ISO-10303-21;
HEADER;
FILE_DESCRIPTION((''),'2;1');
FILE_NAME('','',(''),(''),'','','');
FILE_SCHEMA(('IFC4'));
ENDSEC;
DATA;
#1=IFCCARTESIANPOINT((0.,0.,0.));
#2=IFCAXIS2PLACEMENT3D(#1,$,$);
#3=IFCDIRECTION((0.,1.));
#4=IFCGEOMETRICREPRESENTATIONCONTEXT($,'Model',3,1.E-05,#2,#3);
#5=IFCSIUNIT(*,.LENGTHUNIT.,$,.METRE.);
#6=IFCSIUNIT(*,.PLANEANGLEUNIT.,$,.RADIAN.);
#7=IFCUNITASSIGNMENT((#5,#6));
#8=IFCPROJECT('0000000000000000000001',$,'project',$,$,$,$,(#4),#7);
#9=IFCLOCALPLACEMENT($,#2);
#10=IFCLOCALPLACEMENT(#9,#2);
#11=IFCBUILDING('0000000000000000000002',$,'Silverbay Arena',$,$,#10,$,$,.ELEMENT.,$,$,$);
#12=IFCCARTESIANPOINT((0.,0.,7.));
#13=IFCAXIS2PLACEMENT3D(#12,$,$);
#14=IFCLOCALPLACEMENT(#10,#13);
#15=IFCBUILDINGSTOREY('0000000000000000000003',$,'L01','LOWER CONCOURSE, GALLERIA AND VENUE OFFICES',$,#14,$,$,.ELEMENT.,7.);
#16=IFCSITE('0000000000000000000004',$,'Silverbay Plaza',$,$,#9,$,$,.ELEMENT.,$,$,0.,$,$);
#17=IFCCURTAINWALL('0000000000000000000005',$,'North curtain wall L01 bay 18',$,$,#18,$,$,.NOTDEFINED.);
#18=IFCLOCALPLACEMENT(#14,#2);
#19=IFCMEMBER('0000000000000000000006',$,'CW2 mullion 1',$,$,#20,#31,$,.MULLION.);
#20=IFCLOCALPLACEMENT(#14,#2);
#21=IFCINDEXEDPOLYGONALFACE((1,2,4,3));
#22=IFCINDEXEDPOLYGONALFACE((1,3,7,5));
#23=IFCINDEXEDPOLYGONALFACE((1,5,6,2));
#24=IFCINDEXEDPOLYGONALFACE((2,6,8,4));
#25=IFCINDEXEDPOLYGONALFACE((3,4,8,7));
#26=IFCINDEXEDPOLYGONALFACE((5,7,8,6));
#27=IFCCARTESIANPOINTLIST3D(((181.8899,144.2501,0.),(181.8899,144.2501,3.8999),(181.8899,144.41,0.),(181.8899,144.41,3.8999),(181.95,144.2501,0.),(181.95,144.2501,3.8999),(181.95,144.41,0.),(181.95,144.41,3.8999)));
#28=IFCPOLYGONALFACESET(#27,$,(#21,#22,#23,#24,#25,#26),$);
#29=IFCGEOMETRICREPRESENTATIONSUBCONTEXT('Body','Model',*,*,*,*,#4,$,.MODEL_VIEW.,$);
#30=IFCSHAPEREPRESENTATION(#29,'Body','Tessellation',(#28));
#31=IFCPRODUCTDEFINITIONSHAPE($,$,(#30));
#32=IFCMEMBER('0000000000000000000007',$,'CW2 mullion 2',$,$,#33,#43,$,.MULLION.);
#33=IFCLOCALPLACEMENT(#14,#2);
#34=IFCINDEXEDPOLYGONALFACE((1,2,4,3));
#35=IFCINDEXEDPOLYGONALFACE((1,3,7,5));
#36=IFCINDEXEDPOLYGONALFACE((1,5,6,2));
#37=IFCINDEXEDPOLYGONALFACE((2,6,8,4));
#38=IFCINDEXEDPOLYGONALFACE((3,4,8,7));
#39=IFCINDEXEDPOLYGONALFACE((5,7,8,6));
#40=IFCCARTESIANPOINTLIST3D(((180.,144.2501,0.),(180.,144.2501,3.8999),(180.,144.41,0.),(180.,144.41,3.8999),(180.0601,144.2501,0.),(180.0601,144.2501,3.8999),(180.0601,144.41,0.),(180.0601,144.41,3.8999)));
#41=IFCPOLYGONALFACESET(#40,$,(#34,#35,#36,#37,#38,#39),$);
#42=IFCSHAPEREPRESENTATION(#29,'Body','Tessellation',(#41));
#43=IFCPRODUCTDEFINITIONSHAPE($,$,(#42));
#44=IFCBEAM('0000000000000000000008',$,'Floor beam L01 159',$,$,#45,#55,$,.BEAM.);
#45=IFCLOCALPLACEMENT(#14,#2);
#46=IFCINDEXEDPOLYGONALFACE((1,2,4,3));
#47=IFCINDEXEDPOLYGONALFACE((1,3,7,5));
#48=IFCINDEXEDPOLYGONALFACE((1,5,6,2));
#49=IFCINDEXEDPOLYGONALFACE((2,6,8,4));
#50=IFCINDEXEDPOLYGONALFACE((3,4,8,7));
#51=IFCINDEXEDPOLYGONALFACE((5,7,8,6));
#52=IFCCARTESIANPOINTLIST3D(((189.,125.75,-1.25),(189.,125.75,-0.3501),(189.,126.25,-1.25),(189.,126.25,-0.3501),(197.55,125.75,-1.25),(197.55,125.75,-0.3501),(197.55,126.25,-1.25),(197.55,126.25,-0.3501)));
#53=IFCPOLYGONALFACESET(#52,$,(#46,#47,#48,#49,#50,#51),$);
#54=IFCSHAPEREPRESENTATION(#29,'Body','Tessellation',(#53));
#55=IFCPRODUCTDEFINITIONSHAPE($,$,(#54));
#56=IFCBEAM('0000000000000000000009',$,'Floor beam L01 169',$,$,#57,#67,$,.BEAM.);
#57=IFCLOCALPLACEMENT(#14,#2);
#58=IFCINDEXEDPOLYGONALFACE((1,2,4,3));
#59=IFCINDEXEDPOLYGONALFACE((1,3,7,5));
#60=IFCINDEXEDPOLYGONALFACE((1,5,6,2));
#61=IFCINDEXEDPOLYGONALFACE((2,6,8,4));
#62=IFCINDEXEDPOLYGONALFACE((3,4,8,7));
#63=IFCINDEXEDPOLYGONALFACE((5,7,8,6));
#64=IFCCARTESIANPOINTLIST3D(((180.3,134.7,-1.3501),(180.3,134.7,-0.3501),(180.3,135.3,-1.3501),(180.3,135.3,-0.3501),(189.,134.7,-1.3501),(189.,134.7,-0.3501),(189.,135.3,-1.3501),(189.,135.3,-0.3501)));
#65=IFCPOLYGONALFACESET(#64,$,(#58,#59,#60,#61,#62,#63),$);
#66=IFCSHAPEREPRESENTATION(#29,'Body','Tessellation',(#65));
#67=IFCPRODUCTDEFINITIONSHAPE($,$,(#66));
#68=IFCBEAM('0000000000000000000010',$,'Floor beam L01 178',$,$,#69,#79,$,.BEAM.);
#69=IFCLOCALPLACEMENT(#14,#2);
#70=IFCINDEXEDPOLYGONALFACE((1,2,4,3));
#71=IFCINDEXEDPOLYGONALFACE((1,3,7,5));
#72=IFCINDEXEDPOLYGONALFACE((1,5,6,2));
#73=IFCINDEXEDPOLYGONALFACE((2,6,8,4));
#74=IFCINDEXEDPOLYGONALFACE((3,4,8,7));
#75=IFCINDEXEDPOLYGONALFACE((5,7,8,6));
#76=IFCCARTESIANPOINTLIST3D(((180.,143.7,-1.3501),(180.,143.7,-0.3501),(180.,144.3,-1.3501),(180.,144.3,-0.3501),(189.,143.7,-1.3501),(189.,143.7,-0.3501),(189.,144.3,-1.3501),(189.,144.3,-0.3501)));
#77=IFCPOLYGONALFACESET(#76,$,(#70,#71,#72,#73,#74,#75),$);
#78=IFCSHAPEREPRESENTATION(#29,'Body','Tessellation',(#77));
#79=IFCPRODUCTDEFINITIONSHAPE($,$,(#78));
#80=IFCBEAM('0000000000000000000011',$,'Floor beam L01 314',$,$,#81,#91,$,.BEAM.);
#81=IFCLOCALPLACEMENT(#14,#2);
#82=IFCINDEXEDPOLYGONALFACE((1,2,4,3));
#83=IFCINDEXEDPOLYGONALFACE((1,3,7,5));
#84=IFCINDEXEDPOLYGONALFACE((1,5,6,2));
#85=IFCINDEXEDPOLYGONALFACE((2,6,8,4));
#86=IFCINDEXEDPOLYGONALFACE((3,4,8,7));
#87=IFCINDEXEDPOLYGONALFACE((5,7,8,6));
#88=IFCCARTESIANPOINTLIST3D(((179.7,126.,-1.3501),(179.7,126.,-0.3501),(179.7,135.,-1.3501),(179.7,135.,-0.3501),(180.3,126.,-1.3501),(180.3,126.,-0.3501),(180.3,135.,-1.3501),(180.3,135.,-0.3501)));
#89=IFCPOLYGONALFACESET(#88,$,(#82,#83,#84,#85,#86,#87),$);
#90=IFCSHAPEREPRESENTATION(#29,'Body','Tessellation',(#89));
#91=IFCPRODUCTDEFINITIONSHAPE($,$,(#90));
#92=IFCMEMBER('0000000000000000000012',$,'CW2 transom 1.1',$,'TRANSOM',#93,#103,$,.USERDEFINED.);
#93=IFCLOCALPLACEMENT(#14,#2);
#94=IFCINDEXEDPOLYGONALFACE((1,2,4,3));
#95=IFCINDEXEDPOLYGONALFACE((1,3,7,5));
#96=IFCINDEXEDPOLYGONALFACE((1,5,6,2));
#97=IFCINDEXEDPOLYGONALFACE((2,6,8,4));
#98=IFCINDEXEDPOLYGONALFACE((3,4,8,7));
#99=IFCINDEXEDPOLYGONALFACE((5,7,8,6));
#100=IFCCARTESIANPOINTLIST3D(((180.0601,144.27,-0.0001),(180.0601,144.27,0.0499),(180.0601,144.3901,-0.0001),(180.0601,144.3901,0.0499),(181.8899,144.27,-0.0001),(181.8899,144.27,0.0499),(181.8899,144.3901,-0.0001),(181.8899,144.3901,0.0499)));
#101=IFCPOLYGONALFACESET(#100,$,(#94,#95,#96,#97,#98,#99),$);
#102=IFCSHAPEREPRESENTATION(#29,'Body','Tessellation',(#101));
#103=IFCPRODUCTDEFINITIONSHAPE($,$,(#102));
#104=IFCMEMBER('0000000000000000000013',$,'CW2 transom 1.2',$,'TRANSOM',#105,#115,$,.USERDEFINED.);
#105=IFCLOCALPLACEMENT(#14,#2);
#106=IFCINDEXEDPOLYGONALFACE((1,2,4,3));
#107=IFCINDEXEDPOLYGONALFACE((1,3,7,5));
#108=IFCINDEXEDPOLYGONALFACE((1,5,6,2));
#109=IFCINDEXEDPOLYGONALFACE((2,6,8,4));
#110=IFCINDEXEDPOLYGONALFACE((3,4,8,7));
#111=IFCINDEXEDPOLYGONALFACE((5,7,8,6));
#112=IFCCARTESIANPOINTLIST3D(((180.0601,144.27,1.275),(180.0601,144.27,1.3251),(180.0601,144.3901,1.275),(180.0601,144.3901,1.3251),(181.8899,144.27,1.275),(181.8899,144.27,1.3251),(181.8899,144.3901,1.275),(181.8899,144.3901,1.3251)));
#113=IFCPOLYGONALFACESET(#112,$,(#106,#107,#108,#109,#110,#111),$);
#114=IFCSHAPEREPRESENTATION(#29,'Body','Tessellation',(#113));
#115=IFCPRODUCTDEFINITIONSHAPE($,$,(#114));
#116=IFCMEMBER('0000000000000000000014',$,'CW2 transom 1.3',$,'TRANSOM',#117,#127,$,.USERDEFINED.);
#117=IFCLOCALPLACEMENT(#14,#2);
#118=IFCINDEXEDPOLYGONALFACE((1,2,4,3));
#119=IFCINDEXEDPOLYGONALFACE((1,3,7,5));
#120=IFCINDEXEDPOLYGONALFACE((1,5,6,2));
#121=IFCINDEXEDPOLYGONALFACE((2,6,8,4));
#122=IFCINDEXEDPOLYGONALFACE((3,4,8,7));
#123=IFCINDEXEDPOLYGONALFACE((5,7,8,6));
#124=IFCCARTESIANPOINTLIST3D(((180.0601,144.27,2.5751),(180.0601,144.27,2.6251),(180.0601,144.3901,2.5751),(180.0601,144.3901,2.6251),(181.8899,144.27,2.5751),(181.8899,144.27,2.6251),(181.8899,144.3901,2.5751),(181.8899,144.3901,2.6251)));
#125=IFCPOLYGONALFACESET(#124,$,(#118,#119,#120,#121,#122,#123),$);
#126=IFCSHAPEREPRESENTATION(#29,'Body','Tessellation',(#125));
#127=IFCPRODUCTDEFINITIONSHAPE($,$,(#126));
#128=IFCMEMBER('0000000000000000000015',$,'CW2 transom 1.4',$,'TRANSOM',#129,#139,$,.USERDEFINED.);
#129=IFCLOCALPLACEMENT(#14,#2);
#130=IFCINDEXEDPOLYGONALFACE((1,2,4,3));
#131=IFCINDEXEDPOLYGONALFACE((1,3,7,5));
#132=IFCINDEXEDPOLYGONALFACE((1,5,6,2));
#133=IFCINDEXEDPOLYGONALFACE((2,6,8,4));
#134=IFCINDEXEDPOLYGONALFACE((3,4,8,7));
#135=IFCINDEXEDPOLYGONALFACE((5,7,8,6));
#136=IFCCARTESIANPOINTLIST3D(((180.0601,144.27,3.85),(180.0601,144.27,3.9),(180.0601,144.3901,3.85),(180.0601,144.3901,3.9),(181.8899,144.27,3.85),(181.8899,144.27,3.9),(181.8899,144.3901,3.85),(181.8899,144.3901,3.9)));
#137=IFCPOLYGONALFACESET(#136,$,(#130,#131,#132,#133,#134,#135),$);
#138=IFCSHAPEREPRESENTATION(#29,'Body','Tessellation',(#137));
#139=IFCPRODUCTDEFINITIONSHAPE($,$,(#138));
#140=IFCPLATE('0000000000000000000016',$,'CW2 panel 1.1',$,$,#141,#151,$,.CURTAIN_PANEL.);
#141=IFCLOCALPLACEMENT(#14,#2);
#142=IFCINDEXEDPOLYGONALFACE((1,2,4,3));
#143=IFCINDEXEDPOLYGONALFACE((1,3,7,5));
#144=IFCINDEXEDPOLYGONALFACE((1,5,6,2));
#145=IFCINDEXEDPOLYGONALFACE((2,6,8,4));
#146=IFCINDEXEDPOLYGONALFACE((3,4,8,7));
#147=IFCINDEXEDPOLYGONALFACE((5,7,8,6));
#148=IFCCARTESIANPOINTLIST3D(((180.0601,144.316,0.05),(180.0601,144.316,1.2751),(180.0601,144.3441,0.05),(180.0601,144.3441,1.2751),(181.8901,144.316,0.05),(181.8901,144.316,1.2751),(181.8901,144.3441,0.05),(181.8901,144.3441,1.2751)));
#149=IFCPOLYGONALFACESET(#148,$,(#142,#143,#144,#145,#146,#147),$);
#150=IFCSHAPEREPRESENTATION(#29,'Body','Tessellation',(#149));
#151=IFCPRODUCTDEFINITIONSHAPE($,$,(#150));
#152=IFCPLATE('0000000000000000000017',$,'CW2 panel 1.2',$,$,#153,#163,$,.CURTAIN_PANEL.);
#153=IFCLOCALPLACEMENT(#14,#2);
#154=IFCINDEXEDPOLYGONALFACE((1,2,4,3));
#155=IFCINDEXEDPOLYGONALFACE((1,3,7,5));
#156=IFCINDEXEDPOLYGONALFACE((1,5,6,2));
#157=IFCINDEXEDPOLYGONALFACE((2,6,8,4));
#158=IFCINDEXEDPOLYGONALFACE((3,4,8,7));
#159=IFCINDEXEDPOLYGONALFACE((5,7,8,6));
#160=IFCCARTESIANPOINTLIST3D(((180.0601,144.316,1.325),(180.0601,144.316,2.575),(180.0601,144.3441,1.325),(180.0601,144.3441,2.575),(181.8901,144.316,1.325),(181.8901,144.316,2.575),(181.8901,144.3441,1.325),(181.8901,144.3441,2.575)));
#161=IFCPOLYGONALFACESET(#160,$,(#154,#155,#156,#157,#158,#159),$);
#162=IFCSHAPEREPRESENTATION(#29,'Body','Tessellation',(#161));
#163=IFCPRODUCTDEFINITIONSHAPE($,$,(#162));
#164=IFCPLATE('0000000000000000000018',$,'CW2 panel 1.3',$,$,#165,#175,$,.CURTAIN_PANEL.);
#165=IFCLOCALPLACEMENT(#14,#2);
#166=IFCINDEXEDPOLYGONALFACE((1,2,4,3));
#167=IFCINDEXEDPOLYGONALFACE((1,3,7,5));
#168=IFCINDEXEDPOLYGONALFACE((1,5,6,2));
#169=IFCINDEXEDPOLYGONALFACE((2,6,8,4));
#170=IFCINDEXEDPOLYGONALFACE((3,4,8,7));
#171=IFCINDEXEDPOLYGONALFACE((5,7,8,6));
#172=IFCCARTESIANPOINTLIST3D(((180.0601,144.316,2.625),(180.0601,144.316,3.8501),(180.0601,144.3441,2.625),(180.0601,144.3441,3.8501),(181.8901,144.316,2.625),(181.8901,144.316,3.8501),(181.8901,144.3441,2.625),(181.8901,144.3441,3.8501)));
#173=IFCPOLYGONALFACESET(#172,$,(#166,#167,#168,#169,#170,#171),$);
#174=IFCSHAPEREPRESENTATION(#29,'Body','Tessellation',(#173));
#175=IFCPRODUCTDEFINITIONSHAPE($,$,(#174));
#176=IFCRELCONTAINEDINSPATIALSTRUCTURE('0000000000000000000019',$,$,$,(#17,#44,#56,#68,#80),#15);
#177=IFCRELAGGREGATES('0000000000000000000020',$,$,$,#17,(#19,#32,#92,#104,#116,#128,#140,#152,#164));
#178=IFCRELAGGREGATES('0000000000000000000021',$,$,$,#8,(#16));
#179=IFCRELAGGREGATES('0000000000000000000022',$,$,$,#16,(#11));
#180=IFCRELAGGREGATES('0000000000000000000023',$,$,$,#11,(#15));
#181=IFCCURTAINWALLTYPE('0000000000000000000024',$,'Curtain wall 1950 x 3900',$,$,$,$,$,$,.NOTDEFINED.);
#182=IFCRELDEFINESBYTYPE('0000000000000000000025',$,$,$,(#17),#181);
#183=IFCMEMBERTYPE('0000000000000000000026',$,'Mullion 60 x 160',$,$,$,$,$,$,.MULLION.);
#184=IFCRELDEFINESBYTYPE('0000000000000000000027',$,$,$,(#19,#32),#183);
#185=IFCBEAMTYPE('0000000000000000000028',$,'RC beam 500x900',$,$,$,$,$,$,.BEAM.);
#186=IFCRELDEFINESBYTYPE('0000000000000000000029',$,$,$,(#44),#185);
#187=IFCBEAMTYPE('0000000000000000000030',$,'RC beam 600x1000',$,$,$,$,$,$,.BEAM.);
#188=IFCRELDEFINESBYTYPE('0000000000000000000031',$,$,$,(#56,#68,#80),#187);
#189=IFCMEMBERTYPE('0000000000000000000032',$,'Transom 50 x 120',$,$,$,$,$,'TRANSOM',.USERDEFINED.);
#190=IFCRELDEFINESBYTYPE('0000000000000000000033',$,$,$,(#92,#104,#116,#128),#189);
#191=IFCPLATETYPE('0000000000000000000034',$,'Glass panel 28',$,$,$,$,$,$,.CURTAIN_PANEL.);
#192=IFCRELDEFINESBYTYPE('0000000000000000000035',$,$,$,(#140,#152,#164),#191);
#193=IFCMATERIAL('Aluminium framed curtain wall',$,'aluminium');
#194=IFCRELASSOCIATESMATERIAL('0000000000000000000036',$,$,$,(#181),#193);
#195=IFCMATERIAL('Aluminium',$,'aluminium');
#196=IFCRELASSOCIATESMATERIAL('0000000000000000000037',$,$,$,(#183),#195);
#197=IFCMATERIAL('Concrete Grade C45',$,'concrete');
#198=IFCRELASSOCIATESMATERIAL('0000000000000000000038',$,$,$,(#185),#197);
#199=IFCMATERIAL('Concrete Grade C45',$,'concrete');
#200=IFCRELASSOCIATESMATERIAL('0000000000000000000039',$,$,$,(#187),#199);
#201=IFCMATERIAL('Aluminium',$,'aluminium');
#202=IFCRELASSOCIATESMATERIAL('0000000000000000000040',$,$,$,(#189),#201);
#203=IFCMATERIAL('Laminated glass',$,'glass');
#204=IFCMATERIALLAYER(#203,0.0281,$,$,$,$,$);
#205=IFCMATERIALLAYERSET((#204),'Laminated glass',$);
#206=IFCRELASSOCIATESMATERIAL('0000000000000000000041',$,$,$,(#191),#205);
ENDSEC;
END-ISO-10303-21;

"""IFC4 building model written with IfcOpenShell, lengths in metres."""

from ifc_helpers import new_model, si_unit, direction, frame, origin, origin_2d, place, context, subcontext, project, spatial, rectangle, extrude, material, layer, layer_set, material_profile, profile_set, type_object, element, aggregate, save


model = new_model("IFC4")

# Units and contexts
model_context = context("Model", 3, precision=1e-05, world=origin(), true_north=direction((0.0, 1.0)))
body_context = subcontext(model_context, "Body", "Model", "MODEL_VIEW")
ifc_project = project(units=[si_unit("LENGTHUNIT", "METRE"), si_unit("PLANEANGLEUNIT", "RADIAN")], contexts=[model_context])

# Site, building, storey
site_placement = place(None, origin())
site = spatial("IfcSite", under=ifc_project, at=site_placement, Name="Silverbay Plaza", CompositionType="ELEMENT", RefElevation=0.0)
building_placement = place(site_placement, origin())
building = spatial("IfcBuilding", under=site, at=building_placement, Name="Silverbay Arena", CompositionType="ELEMENT")
storey_placement = place(building_placement, frame((0.0, 0.0, 7.0)))
storey = spatial("IfcBuildingStorey", under=building, at=storey_placement, Name="L01", Description="LOWER CONCOURSE, GALLERIA AND VENUE OFFICES", CompositionType="ELEMENT", Elevation=7.0)

# Curtain wall, members
ifc_material_1 = material(Name="Aluminium framed curtain wall", Category="aluminium")
curtain_wall_type = type_object("IfcCurtainWallType", Name="Curtain wall 1950 x 3900", PredefinedType="NOTDEFINED", material=ifc_material_1)
curtain_wall_placement = place(storey_placement, origin())
curtain_wall = element("IfcCurtainWall", 1, at=curtain_wall_placement, inside=storey, type_object=curtain_wall_type, Name="North curtain wall L01 bay 18", PredefinedType="NOTDEFINED")
ifc_material_2 = material(Name="Aluminium", Category="aluminium")
ifc_material_profile_1 = material_profile(ifc_material_2, rectangle(XDim=0.1599, YDim=0.0601, at=origin_2d()), Name="Mullion 60 x 160")
ifc_profile_set_1 = profile_set([ifc_material_profile_1], Name="Aluminium")
member_type_1 = type_object("IfcMemberType", Name="Mullion 60 x 160", PredefinedType="MULLION", material=ifc_profile_set_1)
member_1_placement = place(storey_placement, frame((181.9199, 144.3301, 0.0), z_axis=(0.0, 0.0, 1.0), x_axis=(0.0, -1.0, 0.0)))
member_1 = element("IfcMember", 2, at=member_1_placement, type_object=member_type_1, Name="CW2 mullion 1", PredefinedType="MULLION", context=body_context, shape_type="SweptSolid", body=[
    extrude(rectangle(XDim=0.1599, YDim=0.0601, at=origin_2d()), origin(), (0.0, 0.0, 1.0), 3.8999),
])
member_2_placement = place(storey_placement, frame((180.03, 144.3301, 0.0), z_axis=(0.0, 0.0, 1.0), x_axis=(0.0, -1.0, 0.0)))
member_2 = element("IfcMember", 3, at=member_2_placement, type_object=member_type_1, Name="CW2 mullion 2", PredefinedType="MULLION", context=body_context, shape_type="SweptSolid", body=[
    extrude(rectangle(XDim=0.1599, YDim=0.0601, at=origin_2d()), origin(), (0.0, 0.0, 1.0), 3.8999),
])

# Beams
ifc_material_3 = material(Name="Concrete Grade C45", Category="concrete")
ifc_material_profile_2 = material_profile(ifc_material_3, rectangle(XDim=0.5, YDim=0.8999, at=origin_2d()), Name="RC 500x900")
ifc_profile_set_2 = profile_set([ifc_material_profile_2], Name="Concrete Grade C45")
beam_type_1 = type_object("IfcBeamType", Name="RC beam 500x900", PredefinedType="BEAM", material=ifc_profile_set_2)
beam_1_placement = place(storey_placement, frame((189.0, 126.0, -0.8), z_axis=(1.0, 0.0, 0.0), x_axis=(0.0, 1.0, 0.0)))
element("IfcBeam", 4, at=beam_1_placement, inside=storey, type_object=beam_type_1, Name="Floor beam L01 159", PredefinedType="BEAM", context=body_context, shape_type="SweptSolid", body=[
    extrude(rectangle(XDim=0.5, YDim=0.8999, at=origin_2d()), origin(), (0.0, 0.0, 1.0), 8.55),
])
ifc_material_4 = material(Name="Concrete Grade C45", Category="concrete")
ifc_material_profile_3 = material_profile(ifc_material_4, rectangle(XDim=0.6001, YDim=1.0, at=origin_2d()), Name="RC 600x1000")
ifc_profile_set_3 = profile_set([ifc_material_profile_3], Name="Concrete Grade C45")
beam_type_2 = type_object("IfcBeamType", Name="RC beam 600x1000", PredefinedType="BEAM", material=ifc_profile_set_3)
beam_2_placement = place(storey_placement, frame((180.3, 135.0, -0.8501), z_axis=(1.0, 0.0, 0.0), x_axis=(0.0, 1.0, 0.0)))
element("IfcBeam", 5, at=beam_2_placement, inside=storey, type_object=beam_type_2, Name="Floor beam L01 169", PredefinedType="BEAM", context=body_context, shape_type="SweptSolid", body=[
    extrude(rectangle(XDim=0.6001, YDim=1.0, at=origin_2d()), origin(), (0.0, 0.0, 1.0), 8.7),
])
for number, where, z_axis, x_axis, name in (
    (6, (180.0, 144.0, -0.8501), (1.0, 0.0, 0.0), (0.0, 1.0, 0.0), "Floor beam L01 178"),
    (7, (180.0, 126.0, -0.8501), (0.0, 1.0, 0.0), (-1.0, 0.0, 0.0), "Floor beam L01 314"),
):
    element("IfcBeam", number, at=place(storey_placement, frame(where, z_axis=z_axis, x_axis=x_axis)), inside=storey, type_object=beam_type_2, Name=name, PredefinedType="BEAM", context=body_context, shape_type="SweptSolid", body=[
        extrude(rectangle(XDim=0.6001, YDim=1.0, at=origin_2d()), origin(), (0.0, 0.0, 1.0), 9.0),
    ])

# Members
ifc_material_5 = material(Name="Aluminium", Category="aluminium")
ifc_material_profile_4 = material_profile(ifc_material_5, rectangle(XDim=0.1201, YDim=0.05, at=origin_2d()), Name="Transom 50 x 120")
ifc_profile_set_4 = profile_set([ifc_material_profile_4], Name="Aluminium")
member_type_2 = type_object("IfcMemberType", Name="Transom 50 x 120", ElementType="TRANSOM", PredefinedType="USERDEFINED", material=ifc_profile_set_4)
member_3_placement = place(storey_placement, frame((181.8899, 144.3301, 0.0249), z_axis=(-1.0, 0.0, 0.0), x_axis=(0.0, -1.0, 0.0)))
member_3 = element("IfcMember", 8, at=member_3_placement, type_object=member_type_2, Name="CW2 transom 1.1", ObjectType="TRANSOM", PredefinedType="USERDEFINED", context=body_context, shape_type="SweptSolid", body=[
    extrude(rectangle(XDim=0.1201, YDim=0.05, at=origin_2d()), origin(), (0.0, 0.0, 1.0), 1.8298),
])
member_4_placement = place(storey_placement, frame((181.8899, 144.3301, 1.3), z_axis=(-1.0, 0.0, 0.0), x_axis=(0.0, -1.0, 0.0)))
member_4 = element("IfcMember", 9, at=member_4_placement, type_object=member_type_2, Name="CW2 transom 1.2", ObjectType="TRANSOM", PredefinedType="USERDEFINED", context=body_context, shape_type="SweptSolid", body=[
    extrude(rectangle(XDim=0.1201, YDim=0.05, at=origin_2d()), origin(), (0.0, 0.0, 1.0), 1.8298),
])
member_5_placement = place(storey_placement, frame((181.8899, 144.3301, 2.6001), z_axis=(-1.0, 0.0, 0.0), x_axis=(0.0, -1.0, 0.0)))
member_5 = element("IfcMember", 10, at=member_5_placement, type_object=member_type_2, Name="CW2 transom 1.3", ObjectType="TRANSOM", PredefinedType="USERDEFINED", context=body_context, shape_type="SweptSolid", body=[
    extrude(rectangle(XDim=0.1201, YDim=0.05, at=origin_2d()), origin(), (0.0, 0.0, 1.0), 1.8298),
])
member_6_placement = place(storey_placement, frame((181.8899, 144.3301, 3.875), z_axis=(-1.0, 0.0, 0.0), x_axis=(0.0, -1.0, 0.0)))
member_6 = element("IfcMember", 11, at=member_6_placement, type_object=member_type_2, Name="CW2 transom 1.4", ObjectType="TRANSOM", PredefinedType="USERDEFINED", context=body_context, shape_type="SweptSolid", body=[
    extrude(rectangle(XDim=0.1201, YDim=0.05, at=origin_2d()), origin(), (0.0, 0.0, 1.0), 1.8298),
])

# Plates
ifc_material_6 = material(Name="Laminated glass", Category="glass")
ifc_layer_1 = layer(ifc_material_6, 0.0281)
ifc_layer_set_1 = layer_set([ifc_layer_1], Name="Laminated glass")
plate_type = type_object("IfcPlateType", Name="Glass panel 28", PredefinedType="CURTAIN_PANEL", material=ifc_layer_set_1)
plate_1_placement = place(storey_placement, frame((180.9751, 144.3301, 0.05), z_axis=(0.0, 0.0, 1.0), x_axis=(-1.0, 0.0, 0.0)))
plate_1 = element("IfcPlate", 12, at=plate_1_placement, type_object=plate_type, Name="CW2 panel 1.1", PredefinedType="CURTAIN_PANEL", context=body_context, shape_type="SweptSolid", body=[
    extrude(rectangle(XDim=1.8301, YDim=0.0281, at=origin_2d()), origin(), (0.0, 0.0, 1.0), 1.2251),
])
plate_2_placement = place(storey_placement, frame((180.9751, 144.3301, 1.325), z_axis=(0.0, 0.0, 1.0), x_axis=(-1.0, 0.0, 0.0)))
plate_2 = element("IfcPlate", 13, at=plate_2_placement, type_object=plate_type, Name="CW2 panel 1.2", PredefinedType="CURTAIN_PANEL", context=body_context, shape_type="SweptSolid", body=[
    extrude(rectangle(XDim=1.8301, YDim=0.0281, at=origin_2d()), origin(), (0.0, 0.0, 1.0), 1.25),
])
plate_3_placement = place(storey_placement, frame((180.9751, 144.3301, 2.625), z_axis=(0.0, 0.0, 1.0), x_axis=(-1.0, 0.0, 0.0)))
plate_3 = element("IfcPlate", 14, at=plate_3_placement, type_object=plate_type, Name="CW2 panel 1.3", PredefinedType="CURTAIN_PANEL", context=body_context, shape_type="SweptSolid", body=[
    extrude(rectangle(XDim=1.8301, YDim=0.0281, at=origin_2d()), origin(), (0.0, 0.0, 1.0), 1.2251),
])
aggregate(curtain_wall, [member_1, member_2, member_3, member_4, member_5, member_6, plate_1, plate_2, plate_3])

save(model, "model.ifc")
